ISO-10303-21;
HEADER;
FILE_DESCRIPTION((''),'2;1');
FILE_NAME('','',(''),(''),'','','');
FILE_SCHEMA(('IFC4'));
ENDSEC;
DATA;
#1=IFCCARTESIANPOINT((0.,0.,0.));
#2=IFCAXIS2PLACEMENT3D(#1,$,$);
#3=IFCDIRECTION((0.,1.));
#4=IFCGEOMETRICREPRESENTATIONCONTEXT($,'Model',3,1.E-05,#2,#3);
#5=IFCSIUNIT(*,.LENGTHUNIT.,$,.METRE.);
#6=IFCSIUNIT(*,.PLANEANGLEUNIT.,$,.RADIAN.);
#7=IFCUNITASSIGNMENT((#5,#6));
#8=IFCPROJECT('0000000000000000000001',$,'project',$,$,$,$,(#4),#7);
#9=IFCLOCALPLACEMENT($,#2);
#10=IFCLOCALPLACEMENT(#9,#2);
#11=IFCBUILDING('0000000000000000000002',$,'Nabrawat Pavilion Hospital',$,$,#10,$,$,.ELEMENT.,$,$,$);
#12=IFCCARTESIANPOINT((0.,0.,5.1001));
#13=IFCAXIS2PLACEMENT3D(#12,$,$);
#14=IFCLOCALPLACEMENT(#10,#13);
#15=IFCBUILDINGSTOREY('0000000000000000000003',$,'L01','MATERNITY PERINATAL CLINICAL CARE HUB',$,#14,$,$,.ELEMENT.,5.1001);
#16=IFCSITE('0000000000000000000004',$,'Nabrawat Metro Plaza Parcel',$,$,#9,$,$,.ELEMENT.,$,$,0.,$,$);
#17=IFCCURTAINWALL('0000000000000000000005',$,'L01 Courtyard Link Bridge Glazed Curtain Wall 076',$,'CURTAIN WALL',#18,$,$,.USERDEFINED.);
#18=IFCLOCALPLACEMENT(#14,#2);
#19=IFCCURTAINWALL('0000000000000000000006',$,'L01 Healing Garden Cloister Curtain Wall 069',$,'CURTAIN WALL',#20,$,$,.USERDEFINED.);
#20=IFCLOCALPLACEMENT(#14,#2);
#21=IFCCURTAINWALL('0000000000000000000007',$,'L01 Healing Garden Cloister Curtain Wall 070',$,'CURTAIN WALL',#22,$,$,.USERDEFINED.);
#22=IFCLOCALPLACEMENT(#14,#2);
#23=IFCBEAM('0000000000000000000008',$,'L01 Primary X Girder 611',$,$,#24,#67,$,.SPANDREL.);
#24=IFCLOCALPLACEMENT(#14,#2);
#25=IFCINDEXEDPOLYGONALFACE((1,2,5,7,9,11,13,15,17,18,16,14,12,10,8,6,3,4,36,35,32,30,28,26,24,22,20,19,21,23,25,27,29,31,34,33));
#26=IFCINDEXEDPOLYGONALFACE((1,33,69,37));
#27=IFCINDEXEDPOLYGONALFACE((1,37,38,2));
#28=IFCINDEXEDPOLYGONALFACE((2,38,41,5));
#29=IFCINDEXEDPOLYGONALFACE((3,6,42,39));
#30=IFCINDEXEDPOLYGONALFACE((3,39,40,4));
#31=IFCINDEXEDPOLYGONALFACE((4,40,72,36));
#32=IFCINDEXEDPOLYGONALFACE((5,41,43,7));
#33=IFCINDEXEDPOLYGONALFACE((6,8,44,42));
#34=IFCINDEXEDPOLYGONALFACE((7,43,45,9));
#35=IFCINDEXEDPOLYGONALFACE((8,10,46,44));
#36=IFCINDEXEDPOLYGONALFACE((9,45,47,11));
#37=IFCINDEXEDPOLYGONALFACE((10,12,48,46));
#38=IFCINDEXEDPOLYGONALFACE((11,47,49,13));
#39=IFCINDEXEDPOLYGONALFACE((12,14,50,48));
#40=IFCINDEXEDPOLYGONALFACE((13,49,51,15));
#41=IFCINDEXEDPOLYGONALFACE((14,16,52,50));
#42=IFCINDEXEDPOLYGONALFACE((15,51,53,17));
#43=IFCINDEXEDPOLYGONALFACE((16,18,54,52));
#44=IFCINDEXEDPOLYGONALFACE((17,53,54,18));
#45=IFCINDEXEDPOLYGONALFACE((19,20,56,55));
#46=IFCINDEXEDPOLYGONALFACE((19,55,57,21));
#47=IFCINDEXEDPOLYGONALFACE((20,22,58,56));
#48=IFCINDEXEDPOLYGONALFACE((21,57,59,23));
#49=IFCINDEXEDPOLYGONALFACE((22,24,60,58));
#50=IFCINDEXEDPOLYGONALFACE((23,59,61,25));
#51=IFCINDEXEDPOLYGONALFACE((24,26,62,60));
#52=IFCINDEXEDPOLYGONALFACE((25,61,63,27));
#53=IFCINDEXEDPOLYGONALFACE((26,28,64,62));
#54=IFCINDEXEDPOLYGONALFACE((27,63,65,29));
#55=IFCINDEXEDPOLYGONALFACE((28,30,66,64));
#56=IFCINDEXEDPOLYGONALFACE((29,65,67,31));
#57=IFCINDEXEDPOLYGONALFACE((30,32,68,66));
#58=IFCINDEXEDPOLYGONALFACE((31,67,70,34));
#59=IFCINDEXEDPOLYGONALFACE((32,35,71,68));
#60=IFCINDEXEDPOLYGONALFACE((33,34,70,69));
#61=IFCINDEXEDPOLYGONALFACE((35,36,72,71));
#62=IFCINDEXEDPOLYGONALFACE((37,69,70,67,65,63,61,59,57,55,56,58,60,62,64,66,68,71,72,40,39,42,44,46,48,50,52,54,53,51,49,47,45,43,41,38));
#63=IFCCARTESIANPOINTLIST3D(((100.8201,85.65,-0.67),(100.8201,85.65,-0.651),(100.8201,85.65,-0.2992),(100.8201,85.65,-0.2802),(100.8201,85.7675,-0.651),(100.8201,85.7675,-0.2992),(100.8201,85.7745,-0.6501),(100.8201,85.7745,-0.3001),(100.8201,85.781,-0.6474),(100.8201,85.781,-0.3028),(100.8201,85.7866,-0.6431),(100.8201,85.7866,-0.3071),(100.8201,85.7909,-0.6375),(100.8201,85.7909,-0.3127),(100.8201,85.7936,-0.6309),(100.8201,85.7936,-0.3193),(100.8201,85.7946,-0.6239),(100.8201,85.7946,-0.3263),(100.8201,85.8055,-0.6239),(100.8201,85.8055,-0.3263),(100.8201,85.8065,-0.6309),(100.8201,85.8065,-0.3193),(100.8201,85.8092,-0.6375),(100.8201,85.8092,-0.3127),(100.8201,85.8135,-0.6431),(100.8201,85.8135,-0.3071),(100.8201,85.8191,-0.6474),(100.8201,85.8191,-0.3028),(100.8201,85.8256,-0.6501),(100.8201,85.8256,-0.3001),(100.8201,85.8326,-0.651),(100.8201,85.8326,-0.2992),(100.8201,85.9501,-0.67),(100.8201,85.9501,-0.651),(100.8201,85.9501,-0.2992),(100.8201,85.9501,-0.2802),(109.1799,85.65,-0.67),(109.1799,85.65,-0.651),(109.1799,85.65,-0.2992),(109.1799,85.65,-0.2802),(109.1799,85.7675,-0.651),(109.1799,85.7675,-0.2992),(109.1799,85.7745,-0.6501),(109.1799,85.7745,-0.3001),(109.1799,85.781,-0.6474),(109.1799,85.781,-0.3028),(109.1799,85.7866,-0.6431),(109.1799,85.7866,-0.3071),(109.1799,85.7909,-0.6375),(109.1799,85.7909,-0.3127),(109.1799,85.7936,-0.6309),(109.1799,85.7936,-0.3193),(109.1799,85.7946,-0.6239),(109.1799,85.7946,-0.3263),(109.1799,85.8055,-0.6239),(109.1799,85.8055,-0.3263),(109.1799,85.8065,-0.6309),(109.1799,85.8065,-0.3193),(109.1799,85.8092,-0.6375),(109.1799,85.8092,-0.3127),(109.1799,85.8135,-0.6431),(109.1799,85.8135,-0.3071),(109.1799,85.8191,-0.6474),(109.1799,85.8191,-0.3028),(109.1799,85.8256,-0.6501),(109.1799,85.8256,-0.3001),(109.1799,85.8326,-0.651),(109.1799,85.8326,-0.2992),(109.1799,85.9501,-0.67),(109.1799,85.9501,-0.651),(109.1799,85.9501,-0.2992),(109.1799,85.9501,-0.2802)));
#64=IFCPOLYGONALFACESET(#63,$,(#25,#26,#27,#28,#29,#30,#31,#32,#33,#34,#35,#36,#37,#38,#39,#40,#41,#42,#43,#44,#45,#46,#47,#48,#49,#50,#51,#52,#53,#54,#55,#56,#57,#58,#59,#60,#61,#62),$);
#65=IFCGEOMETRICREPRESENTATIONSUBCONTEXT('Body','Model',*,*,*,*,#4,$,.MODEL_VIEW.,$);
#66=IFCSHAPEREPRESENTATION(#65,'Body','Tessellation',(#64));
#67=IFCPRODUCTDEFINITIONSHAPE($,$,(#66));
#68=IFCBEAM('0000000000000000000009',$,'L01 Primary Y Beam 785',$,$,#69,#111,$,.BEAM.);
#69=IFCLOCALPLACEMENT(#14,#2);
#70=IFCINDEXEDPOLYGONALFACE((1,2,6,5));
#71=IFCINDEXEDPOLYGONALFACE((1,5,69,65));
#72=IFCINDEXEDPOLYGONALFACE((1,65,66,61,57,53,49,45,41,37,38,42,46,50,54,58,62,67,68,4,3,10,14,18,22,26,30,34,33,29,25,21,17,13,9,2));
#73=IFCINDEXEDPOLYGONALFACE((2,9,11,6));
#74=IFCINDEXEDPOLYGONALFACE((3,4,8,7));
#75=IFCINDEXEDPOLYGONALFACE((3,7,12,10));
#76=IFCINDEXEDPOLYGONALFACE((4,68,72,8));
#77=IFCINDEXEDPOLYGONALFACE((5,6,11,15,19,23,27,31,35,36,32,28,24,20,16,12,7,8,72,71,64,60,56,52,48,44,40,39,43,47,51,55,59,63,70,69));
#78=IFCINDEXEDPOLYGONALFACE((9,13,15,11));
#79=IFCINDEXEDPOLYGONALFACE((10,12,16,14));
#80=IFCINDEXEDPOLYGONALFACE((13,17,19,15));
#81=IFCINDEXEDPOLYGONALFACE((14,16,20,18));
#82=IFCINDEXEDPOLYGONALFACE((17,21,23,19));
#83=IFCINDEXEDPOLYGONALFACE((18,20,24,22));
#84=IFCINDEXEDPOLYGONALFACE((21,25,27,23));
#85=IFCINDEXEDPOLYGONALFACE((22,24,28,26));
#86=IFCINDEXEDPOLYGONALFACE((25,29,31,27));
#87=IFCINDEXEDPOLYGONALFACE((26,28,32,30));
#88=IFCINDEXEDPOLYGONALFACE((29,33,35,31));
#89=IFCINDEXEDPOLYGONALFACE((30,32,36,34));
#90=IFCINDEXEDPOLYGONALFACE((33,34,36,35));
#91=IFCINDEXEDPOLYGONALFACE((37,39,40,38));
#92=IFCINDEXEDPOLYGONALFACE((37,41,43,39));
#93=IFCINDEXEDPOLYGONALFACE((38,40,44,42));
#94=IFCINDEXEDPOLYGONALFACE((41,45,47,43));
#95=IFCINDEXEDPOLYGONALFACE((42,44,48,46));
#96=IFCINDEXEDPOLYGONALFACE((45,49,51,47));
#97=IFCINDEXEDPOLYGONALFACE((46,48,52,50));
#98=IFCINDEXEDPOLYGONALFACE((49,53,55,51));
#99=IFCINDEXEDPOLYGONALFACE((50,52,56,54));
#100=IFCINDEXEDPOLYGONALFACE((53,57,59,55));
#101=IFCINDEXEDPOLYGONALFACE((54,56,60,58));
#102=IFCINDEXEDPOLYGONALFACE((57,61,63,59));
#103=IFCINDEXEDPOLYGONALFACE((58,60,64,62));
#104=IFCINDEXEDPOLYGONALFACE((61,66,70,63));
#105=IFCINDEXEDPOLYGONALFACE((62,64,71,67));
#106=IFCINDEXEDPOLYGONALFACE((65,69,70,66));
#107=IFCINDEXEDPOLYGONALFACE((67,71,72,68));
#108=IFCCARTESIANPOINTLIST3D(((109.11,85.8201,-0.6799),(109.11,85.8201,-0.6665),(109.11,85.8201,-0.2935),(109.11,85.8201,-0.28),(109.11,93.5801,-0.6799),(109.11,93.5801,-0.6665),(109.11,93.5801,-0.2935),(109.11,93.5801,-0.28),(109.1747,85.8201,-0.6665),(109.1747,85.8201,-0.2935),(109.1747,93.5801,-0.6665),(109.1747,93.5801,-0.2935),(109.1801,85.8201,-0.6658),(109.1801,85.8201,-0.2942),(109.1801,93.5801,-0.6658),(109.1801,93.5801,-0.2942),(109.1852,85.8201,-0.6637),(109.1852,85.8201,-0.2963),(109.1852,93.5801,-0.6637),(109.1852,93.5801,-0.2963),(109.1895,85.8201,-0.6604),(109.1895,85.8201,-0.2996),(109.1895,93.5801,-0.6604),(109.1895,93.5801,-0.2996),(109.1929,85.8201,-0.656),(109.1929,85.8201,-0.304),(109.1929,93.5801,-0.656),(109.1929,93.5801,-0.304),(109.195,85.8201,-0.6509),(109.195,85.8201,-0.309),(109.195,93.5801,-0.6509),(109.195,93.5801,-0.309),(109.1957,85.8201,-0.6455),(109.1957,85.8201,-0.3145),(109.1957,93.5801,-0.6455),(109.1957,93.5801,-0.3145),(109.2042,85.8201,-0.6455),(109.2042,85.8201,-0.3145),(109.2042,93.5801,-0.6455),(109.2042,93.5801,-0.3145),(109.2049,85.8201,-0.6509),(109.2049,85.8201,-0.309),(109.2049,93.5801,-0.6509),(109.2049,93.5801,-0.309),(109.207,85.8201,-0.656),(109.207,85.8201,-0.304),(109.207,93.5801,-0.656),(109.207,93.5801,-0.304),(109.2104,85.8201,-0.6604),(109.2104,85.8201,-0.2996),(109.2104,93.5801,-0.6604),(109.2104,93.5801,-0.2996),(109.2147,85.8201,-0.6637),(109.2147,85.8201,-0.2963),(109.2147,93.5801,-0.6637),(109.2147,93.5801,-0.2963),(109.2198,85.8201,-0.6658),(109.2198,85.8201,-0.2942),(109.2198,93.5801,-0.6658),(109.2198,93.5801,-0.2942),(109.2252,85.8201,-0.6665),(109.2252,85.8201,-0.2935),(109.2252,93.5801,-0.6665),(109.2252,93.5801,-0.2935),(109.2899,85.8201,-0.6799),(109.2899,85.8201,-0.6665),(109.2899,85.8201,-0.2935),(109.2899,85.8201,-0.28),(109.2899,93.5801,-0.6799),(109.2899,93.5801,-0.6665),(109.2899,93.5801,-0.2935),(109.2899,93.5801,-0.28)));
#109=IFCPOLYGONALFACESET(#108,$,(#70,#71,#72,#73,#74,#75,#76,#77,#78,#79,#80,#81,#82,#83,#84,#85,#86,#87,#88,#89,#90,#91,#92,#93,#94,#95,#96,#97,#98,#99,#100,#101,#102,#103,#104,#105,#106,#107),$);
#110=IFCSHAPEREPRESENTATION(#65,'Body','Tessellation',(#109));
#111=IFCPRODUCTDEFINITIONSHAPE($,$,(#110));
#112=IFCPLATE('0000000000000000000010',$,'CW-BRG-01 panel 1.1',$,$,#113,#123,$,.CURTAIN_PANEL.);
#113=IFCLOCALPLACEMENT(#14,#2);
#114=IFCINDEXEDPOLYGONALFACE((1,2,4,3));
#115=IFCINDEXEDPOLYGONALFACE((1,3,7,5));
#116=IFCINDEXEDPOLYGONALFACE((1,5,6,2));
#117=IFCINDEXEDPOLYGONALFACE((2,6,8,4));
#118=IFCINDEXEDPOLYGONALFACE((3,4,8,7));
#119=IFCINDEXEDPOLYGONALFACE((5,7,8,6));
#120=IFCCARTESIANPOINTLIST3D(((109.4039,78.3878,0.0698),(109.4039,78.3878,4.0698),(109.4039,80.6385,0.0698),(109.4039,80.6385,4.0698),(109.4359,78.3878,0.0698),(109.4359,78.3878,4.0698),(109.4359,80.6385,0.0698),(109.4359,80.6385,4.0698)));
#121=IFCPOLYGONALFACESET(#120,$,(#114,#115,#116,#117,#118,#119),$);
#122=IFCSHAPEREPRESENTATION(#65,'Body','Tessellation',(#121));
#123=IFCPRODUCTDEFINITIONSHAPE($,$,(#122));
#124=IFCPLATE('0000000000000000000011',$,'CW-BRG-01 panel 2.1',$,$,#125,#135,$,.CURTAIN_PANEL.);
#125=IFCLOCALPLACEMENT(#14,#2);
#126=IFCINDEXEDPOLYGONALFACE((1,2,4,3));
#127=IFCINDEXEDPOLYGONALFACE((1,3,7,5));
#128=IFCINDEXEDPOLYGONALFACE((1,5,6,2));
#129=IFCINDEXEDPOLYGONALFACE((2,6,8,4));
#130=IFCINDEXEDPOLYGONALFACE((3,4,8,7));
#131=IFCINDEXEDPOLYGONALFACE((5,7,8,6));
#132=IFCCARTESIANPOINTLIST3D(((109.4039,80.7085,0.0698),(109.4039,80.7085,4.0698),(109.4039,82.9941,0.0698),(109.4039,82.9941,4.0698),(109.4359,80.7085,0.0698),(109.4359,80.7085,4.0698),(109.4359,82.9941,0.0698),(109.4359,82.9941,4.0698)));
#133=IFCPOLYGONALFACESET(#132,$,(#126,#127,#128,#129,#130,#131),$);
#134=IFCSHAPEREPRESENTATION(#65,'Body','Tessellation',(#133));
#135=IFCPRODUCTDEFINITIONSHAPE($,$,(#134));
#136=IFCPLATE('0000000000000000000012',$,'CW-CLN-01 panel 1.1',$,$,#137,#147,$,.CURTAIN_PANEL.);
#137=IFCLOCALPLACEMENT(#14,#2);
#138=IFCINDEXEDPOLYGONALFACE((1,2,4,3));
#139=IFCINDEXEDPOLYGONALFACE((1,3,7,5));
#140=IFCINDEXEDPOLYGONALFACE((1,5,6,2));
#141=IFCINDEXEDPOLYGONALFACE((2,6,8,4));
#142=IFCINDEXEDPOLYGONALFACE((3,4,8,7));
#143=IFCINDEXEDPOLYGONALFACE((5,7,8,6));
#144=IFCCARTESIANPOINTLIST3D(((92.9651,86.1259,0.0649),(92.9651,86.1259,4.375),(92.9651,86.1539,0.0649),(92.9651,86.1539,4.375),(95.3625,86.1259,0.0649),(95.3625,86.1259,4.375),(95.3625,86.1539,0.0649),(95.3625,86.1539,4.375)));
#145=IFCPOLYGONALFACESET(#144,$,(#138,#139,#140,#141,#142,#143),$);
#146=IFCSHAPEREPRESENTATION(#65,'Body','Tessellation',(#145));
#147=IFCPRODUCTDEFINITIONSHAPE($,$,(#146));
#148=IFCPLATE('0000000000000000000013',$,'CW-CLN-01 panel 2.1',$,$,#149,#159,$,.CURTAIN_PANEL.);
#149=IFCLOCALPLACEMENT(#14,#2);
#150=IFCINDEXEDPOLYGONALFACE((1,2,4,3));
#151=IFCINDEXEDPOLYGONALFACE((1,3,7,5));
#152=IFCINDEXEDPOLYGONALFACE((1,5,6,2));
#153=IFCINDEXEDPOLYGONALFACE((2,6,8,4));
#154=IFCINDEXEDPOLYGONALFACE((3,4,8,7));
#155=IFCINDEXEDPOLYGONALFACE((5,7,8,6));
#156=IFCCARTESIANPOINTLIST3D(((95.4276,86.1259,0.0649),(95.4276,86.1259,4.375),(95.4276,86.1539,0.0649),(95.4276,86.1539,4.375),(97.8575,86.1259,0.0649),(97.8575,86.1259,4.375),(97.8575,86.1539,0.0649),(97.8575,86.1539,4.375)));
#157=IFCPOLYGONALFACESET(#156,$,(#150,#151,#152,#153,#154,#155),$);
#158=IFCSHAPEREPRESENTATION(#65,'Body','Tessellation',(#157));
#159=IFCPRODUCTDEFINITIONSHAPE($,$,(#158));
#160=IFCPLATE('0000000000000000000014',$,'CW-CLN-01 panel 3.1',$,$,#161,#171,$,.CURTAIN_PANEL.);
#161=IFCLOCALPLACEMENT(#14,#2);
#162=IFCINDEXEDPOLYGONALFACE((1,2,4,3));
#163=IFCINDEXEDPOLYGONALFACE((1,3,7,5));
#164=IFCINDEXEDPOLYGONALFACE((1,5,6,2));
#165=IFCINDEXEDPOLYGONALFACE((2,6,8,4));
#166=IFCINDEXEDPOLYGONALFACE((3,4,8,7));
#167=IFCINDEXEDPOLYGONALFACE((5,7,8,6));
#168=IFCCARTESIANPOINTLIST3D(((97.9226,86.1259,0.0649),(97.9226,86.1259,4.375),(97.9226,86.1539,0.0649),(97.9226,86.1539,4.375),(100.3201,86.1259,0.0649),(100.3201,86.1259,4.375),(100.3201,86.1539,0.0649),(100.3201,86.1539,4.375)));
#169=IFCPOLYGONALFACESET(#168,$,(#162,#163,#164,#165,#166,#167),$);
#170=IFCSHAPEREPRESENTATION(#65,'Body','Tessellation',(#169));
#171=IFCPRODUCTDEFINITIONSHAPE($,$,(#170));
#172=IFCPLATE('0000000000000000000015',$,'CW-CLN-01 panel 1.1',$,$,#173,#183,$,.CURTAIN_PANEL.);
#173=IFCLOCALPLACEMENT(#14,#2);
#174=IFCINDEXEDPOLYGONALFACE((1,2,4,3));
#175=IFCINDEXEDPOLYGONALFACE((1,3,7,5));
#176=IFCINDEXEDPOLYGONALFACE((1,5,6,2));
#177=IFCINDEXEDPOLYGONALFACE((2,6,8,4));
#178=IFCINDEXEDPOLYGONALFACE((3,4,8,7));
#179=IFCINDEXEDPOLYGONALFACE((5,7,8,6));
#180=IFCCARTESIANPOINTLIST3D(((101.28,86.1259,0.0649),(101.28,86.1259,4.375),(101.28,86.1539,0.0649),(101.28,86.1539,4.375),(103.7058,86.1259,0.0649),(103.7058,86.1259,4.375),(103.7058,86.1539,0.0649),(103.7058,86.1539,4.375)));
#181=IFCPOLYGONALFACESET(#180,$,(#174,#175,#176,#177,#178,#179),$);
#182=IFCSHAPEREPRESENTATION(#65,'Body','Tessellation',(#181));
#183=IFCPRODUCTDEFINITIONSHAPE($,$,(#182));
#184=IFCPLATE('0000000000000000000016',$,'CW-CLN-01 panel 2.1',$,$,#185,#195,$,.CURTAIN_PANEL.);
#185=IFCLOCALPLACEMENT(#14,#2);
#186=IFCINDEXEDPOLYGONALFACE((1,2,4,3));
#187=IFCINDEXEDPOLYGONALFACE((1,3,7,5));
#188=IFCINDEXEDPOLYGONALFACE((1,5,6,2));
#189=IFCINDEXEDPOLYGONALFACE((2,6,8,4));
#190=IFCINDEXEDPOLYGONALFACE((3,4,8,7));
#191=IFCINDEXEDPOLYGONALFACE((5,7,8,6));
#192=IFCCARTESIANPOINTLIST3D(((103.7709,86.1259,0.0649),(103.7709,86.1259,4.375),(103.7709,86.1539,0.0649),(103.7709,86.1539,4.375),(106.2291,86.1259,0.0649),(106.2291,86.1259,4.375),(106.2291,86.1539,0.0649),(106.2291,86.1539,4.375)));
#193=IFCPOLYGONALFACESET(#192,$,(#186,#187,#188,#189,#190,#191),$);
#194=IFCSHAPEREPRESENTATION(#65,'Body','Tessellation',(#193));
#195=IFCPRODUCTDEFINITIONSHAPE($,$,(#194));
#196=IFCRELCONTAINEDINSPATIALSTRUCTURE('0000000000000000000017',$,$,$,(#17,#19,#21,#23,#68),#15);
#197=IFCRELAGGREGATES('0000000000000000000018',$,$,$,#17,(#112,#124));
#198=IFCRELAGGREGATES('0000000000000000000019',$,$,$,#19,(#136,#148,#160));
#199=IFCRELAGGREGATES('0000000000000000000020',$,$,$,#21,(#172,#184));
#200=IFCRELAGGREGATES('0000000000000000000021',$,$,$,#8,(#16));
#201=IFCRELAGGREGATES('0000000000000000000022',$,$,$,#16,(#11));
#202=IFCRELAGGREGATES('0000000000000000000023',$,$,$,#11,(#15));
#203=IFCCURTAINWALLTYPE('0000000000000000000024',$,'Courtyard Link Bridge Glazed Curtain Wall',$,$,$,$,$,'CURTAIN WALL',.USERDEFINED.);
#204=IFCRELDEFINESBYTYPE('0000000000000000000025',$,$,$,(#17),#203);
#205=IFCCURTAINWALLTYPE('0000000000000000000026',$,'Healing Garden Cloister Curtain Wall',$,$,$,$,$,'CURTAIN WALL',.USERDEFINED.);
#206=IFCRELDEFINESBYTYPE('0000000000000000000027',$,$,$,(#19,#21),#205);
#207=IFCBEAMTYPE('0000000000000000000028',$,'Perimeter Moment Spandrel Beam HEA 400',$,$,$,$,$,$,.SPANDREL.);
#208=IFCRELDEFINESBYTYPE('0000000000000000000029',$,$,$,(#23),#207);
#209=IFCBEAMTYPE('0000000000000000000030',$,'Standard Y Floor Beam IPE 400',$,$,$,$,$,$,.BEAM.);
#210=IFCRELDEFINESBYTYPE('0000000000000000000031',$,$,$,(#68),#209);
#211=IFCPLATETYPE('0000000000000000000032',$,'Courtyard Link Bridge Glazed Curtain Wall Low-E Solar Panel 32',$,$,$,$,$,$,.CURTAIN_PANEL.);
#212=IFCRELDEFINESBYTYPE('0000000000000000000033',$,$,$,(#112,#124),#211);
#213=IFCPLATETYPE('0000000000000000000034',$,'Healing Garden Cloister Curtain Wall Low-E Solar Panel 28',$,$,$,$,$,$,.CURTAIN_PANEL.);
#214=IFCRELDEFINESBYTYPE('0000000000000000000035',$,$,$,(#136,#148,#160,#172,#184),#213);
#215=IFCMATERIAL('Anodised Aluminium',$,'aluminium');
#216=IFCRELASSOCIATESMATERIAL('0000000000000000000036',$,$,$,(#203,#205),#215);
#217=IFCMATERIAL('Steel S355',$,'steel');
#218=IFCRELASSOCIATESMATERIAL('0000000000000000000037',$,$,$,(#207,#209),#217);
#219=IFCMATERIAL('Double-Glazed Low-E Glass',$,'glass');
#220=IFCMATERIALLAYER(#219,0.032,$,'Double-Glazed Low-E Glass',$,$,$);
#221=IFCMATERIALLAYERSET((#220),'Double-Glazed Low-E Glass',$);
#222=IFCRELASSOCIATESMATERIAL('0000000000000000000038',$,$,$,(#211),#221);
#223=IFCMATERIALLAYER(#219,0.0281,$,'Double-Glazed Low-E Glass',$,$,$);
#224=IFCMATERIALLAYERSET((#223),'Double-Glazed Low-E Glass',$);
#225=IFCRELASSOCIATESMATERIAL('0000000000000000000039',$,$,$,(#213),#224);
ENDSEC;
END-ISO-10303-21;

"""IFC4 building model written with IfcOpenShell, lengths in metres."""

from ifc_helpers import new_model, si_unit, direction, frame, origin, origin_2d, place, context, subcontext, project, spatial, rectangle, i_section, extrude, material, layer, layer_set, material_profile, profile_set, type_object, element, aggregate, save


model = new_model("IFC4")

# Units and contexts
model_context = context("Model", 3, precision=1e-05, world=origin(), true_north=direction((0.0, 1.0)))
body_context = subcontext(model_context, "Body", "Model", "MODEL_VIEW")
ifc_project = project(units=[si_unit("LENGTHUNIT", "METRE"), si_unit("PLANEANGLEUNIT", "RADIAN")], contexts=[model_context])

# Site, building, storey
site_placement = place(None, origin())
site = spatial("IfcSite", under=ifc_project, at=site_placement, Name="Nabrawat Metro Plaza Parcel", CompositionType="ELEMENT", RefElevation=0.0)
building_placement = place(site_placement, origin())
building = spatial("IfcBuilding", under=site, at=building_placement, Name="Nabrawat Pavilion Hospital", CompositionType="ELEMENT")
storey_placement = place(building_placement, frame((0.0, 0.0, 5.1001)))
storey = spatial("IfcBuildingStorey", under=building, at=storey_placement, Name="L01", Description="MATERNITY PERINATAL CLINICAL CARE HUB", CompositionType="ELEMENT", Elevation=5.1001)

# Shared definitions
ifc_material_1 = material(Name="Steel S355", Category="steel")

# Curtain walls
ifc_material_2 = material(Name="Anodised Aluminium", Category="aluminium")
curtain_wall_type_1 = type_object("IfcCurtainWallType", Name="Courtyard Link Bridge Glazed Curtain Wall", ElementType="CURTAIN WALL", PredefinedType="USERDEFINED", material=ifc_material_2)
curtain_wall_1_placement = place(storey_placement, origin())
curtain_wall_1 = element("IfcCurtainWall", 1, at=curtain_wall_1_placement, inside=storey, type_object=curtain_wall_type_1, Name="L01 Courtyard Link Bridge Glazed Curtain Wall 076", ObjectType="CURTAIN WALL", PredefinedType="USERDEFINED")
curtain_wall_type_2 = type_object("IfcCurtainWallType", Name="Healing Garden Cloister Curtain Wall", ElementType="CURTAIN WALL", PredefinedType="USERDEFINED", material=ifc_material_2)
curtain_wall_2_placement = place(storey_placement, origin())
curtain_wall_2 = element("IfcCurtainWall", 2, at=curtain_wall_2_placement, inside=storey, type_object=curtain_wall_type_2, Name="L01 Healing Garden Cloister Curtain Wall 069", ObjectType="CURTAIN WALL", PredefinedType="USERDEFINED")
curtain_wall_3_placement = place(storey_placement, origin())
curtain_wall_3 = element("IfcCurtainWall", 3, at=curtain_wall_3_placement, inside=storey, type_object=curtain_wall_type_2, Name="L01 Healing Garden Cloister Curtain Wall 070", ObjectType="CURTAIN WALL", PredefinedType="USERDEFINED")

# Beams
ifc_material_profile_1 = material_profile(ifc_material_1, i_section(OverallWidth=0.3, OverallDepth=0.3899, WebThickness=0.011, FlangeThickness=0.019, FilletRadius=0.0271, at=origin_2d()), Name="HEA 400")
ifc_profile_set_1 = profile_set([ifc_material_profile_1], Name="Steel S355")
beam_type_1 = type_object("IfcBeamType", Name="Perimeter Moment Spandrel Beam HEA 400", PredefinedType="SPANDREL", material=ifc_profile_set_1)
beam_1_placement = place(storey_placement, frame((100.8201, 85.8, -0.4751), z_axis=(1.0, 0.0, 0.0), x_axis=(0.0, 1.0, 0.0)))
element("IfcBeam", 4, at=beam_1_placement, inside=storey, type_object=beam_type_1, Name="L01 Primary X Girder 611", PredefinedType="SPANDREL", context=body_context, shape_type="SweptSolid", body=[
    extrude(i_section(OverallWidth=0.3, OverallDepth=0.3899, WebThickness=0.011, FlangeThickness=0.019, FilletRadius=0.0271, at=origin_2d()), origin(), (0.0, 0.0, 1.0), 8.3599),
])
ifc_material_profile_2 = material_profile(ifc_material_1, i_section(OverallWidth=0.1799, OverallDepth=0.3999, WebThickness=0.0085, FlangeThickness=0.0134, FilletRadius=0.021, at=origin_2d()), Name="IPE 400")
ifc_profile_set_2 = profile_set([ifc_material_profile_2], Name="Steel S355")
beam_type_2 = type_object("IfcBeamType", Name="Standard Y Floor Beam IPE 400", PredefinedType="BEAM", material=ifc_profile_set_2)
beam_2_placement = place(storey_placement, frame((109.2, 85.8201, -0.48), z_axis=(0.0, 1.0, 0.0), x_axis=(-1.0, 0.0, 0.0)))
element("IfcBeam", 5, at=beam_2_placement, inside=storey, type_object=beam_type_2, Name="L01 Primary Y Beam 785", PredefinedType="BEAM", context=body_context, shape_type="SweptSolid", body=[
    extrude(i_section(OverallWidth=0.1799, OverallDepth=0.3999, WebThickness=0.0085, FlangeThickness=0.0134, FilletRadius=0.021, at=origin_2d()), origin(), (0.0, 0.0, 1.0), 7.76),
])

# Plates
ifc_material_3 = material(Name="Double-Glazed Low-E Glass", Category="glass")
ifc_layer_1 = layer(ifc_material_3, 0.032, Name="Double-Glazed Low-E Glass")
ifc_layer_set_1 = layer_set([ifc_layer_1], Name="Double-Glazed Low-E Glass")
plate_type_1 = type_object("IfcPlateType", Name="Courtyard Link Bridge Glazed Curtain Wall Low-E Solar Panel 32", PredefinedType="CURTAIN_PANEL", material=ifc_layer_set_1)
plate_1_placement = place(storey_placement, frame((109.4199, 79.5132, 0.0698), z_axis=(0.0, 0.0, 1.0), x_axis=(0.0, 1.0, 0.0)))
plate_1 = element("IfcPlate", 6, at=plate_1_placement, type_object=plate_type_1, Name="CW-BRG-01 panel 1.1", PredefinedType="CURTAIN_PANEL", context=body_context, shape_type="SweptSolid", body=[
    extrude(rectangle(XDim=2.2507, YDim=0.032, at=origin_2d()), origin(), (0.0, 0.0, 1.0), 4.0),
])
plate_2_placement = place(storey_placement, frame((109.4199, 81.8513, 0.0698), z_axis=(0.0, 0.0, 1.0), x_axis=(0.0, 1.0, 0.0)))
plate_2 = element("IfcPlate", 7, at=plate_2_placement, type_object=plate_type_1, Name="CW-BRG-01 panel 2.1", PredefinedType="CURTAIN_PANEL", context=body_context, shape_type="SweptSolid", body=[
    extrude(rectangle(XDim=2.2856, YDim=0.032, at=origin_2d()), origin(), (0.0, 0.0, 1.0), 4.0),
])
aggregate(curtain_wall_1, [plate_1, plate_2])
ifc_layer_2 = layer(ifc_material_3, 0.0281, Name="Double-Glazed Low-E Glass")
ifc_layer_set_2 = layer_set([ifc_layer_2], Name="Double-Glazed Low-E Glass")
plate_type_2 = type_object("IfcPlateType", Name="Healing Garden Cloister Curtain Wall Low-E Solar Panel 28", PredefinedType="CURTAIN_PANEL", material=ifc_layer_set_2)
plate_3_placement = place(storey_placement, frame((94.1638, 86.1399, 0.0649), z_axis=(0.0, 0.0, 1.0), x_axis=(1.0, 0.0, 0.0)))
plate_3 = element("IfcPlate", 8, at=plate_3_placement, type_object=plate_type_2, Name="CW-CLN-01 panel 1.1", PredefinedType="CURTAIN_PANEL", context=body_context, shape_type="SweptSolid", body=[
    extrude(rectangle(XDim=2.3975, YDim=0.0281, at=origin_2d()), origin(), (0.0, 0.0, 1.0), 4.3101),
])
plate_4_placement = place(storey_placement, frame((96.6426, 86.1399, 0.0649), z_axis=(0.0, 0.0, 1.0), x_axis=(1.0, 0.0, 0.0)))
plate_4 = element("IfcPlate", 9, at=plate_4_placement, type_object=plate_type_2, Name="CW-CLN-01 panel 2.1", PredefinedType="CURTAIN_PANEL", context=body_context, shape_type="SweptSolid", body=[
    extrude(rectangle(XDim=2.4299, YDim=0.0281, at=origin_2d()), origin(), (0.0, 0.0, 1.0), 4.3101),
])
plate_5_placement = place(storey_placement, frame((99.1213, 86.1399, 0.0649), z_axis=(0.0, 0.0, 1.0), x_axis=(1.0, 0.0, 0.0)))
plate_5 = element("IfcPlate", 10, at=plate_5_placement, type_object=plate_type_2, Name="CW-CLN-01 panel 3.1", PredefinedType="CURTAIN_PANEL", context=body_context, shape_type="SweptSolid", body=[
    extrude(rectangle(XDim=2.3975, YDim=0.0281, at=origin_2d()), origin(), (0.0, 0.0, 1.0), 4.3101),
])
aggregate(curtain_wall_2, [plate_3, plate_4, plate_5])
plate_6_placement = place(storey_placement, frame((102.4929, 86.1399, 0.0649), z_axis=(0.0, 0.0, 1.0), x_axis=(1.0, 0.0, 0.0)))
plate_6 = element("IfcPlate", 11, at=plate_6_placement, type_object=plate_type_2, Name="CW-CLN-01 panel 1.1", PredefinedType="CURTAIN_PANEL", context=body_context, shape_type="SweptSolid", body=[
    extrude(rectangle(XDim=2.4258, YDim=0.0281, at=origin_2d()), origin(), (0.0, 0.0, 1.0), 4.3101),
])
plate_7_placement = place(storey_placement, frame((105.0, 86.1399, 0.0649), z_axis=(0.0, 0.0, 1.0), x_axis=(1.0, 0.0, 0.0)))
plate_7 = element("IfcPlate", 12, at=plate_7_placement, type_object=plate_type_2, Name="CW-CLN-01 panel 2.1", PredefinedType="CURTAIN_PANEL", context=body_context, shape_type="SweptSolid", body=[
    extrude(rectangle(XDim=2.4583, YDim=0.0281, at=origin_2d()), origin(), (0.0, 0.0, 1.0), 4.3101),
])
aggregate(curtain_wall_3, [plate_6, plate_7])

save(model, "model.ifc")
